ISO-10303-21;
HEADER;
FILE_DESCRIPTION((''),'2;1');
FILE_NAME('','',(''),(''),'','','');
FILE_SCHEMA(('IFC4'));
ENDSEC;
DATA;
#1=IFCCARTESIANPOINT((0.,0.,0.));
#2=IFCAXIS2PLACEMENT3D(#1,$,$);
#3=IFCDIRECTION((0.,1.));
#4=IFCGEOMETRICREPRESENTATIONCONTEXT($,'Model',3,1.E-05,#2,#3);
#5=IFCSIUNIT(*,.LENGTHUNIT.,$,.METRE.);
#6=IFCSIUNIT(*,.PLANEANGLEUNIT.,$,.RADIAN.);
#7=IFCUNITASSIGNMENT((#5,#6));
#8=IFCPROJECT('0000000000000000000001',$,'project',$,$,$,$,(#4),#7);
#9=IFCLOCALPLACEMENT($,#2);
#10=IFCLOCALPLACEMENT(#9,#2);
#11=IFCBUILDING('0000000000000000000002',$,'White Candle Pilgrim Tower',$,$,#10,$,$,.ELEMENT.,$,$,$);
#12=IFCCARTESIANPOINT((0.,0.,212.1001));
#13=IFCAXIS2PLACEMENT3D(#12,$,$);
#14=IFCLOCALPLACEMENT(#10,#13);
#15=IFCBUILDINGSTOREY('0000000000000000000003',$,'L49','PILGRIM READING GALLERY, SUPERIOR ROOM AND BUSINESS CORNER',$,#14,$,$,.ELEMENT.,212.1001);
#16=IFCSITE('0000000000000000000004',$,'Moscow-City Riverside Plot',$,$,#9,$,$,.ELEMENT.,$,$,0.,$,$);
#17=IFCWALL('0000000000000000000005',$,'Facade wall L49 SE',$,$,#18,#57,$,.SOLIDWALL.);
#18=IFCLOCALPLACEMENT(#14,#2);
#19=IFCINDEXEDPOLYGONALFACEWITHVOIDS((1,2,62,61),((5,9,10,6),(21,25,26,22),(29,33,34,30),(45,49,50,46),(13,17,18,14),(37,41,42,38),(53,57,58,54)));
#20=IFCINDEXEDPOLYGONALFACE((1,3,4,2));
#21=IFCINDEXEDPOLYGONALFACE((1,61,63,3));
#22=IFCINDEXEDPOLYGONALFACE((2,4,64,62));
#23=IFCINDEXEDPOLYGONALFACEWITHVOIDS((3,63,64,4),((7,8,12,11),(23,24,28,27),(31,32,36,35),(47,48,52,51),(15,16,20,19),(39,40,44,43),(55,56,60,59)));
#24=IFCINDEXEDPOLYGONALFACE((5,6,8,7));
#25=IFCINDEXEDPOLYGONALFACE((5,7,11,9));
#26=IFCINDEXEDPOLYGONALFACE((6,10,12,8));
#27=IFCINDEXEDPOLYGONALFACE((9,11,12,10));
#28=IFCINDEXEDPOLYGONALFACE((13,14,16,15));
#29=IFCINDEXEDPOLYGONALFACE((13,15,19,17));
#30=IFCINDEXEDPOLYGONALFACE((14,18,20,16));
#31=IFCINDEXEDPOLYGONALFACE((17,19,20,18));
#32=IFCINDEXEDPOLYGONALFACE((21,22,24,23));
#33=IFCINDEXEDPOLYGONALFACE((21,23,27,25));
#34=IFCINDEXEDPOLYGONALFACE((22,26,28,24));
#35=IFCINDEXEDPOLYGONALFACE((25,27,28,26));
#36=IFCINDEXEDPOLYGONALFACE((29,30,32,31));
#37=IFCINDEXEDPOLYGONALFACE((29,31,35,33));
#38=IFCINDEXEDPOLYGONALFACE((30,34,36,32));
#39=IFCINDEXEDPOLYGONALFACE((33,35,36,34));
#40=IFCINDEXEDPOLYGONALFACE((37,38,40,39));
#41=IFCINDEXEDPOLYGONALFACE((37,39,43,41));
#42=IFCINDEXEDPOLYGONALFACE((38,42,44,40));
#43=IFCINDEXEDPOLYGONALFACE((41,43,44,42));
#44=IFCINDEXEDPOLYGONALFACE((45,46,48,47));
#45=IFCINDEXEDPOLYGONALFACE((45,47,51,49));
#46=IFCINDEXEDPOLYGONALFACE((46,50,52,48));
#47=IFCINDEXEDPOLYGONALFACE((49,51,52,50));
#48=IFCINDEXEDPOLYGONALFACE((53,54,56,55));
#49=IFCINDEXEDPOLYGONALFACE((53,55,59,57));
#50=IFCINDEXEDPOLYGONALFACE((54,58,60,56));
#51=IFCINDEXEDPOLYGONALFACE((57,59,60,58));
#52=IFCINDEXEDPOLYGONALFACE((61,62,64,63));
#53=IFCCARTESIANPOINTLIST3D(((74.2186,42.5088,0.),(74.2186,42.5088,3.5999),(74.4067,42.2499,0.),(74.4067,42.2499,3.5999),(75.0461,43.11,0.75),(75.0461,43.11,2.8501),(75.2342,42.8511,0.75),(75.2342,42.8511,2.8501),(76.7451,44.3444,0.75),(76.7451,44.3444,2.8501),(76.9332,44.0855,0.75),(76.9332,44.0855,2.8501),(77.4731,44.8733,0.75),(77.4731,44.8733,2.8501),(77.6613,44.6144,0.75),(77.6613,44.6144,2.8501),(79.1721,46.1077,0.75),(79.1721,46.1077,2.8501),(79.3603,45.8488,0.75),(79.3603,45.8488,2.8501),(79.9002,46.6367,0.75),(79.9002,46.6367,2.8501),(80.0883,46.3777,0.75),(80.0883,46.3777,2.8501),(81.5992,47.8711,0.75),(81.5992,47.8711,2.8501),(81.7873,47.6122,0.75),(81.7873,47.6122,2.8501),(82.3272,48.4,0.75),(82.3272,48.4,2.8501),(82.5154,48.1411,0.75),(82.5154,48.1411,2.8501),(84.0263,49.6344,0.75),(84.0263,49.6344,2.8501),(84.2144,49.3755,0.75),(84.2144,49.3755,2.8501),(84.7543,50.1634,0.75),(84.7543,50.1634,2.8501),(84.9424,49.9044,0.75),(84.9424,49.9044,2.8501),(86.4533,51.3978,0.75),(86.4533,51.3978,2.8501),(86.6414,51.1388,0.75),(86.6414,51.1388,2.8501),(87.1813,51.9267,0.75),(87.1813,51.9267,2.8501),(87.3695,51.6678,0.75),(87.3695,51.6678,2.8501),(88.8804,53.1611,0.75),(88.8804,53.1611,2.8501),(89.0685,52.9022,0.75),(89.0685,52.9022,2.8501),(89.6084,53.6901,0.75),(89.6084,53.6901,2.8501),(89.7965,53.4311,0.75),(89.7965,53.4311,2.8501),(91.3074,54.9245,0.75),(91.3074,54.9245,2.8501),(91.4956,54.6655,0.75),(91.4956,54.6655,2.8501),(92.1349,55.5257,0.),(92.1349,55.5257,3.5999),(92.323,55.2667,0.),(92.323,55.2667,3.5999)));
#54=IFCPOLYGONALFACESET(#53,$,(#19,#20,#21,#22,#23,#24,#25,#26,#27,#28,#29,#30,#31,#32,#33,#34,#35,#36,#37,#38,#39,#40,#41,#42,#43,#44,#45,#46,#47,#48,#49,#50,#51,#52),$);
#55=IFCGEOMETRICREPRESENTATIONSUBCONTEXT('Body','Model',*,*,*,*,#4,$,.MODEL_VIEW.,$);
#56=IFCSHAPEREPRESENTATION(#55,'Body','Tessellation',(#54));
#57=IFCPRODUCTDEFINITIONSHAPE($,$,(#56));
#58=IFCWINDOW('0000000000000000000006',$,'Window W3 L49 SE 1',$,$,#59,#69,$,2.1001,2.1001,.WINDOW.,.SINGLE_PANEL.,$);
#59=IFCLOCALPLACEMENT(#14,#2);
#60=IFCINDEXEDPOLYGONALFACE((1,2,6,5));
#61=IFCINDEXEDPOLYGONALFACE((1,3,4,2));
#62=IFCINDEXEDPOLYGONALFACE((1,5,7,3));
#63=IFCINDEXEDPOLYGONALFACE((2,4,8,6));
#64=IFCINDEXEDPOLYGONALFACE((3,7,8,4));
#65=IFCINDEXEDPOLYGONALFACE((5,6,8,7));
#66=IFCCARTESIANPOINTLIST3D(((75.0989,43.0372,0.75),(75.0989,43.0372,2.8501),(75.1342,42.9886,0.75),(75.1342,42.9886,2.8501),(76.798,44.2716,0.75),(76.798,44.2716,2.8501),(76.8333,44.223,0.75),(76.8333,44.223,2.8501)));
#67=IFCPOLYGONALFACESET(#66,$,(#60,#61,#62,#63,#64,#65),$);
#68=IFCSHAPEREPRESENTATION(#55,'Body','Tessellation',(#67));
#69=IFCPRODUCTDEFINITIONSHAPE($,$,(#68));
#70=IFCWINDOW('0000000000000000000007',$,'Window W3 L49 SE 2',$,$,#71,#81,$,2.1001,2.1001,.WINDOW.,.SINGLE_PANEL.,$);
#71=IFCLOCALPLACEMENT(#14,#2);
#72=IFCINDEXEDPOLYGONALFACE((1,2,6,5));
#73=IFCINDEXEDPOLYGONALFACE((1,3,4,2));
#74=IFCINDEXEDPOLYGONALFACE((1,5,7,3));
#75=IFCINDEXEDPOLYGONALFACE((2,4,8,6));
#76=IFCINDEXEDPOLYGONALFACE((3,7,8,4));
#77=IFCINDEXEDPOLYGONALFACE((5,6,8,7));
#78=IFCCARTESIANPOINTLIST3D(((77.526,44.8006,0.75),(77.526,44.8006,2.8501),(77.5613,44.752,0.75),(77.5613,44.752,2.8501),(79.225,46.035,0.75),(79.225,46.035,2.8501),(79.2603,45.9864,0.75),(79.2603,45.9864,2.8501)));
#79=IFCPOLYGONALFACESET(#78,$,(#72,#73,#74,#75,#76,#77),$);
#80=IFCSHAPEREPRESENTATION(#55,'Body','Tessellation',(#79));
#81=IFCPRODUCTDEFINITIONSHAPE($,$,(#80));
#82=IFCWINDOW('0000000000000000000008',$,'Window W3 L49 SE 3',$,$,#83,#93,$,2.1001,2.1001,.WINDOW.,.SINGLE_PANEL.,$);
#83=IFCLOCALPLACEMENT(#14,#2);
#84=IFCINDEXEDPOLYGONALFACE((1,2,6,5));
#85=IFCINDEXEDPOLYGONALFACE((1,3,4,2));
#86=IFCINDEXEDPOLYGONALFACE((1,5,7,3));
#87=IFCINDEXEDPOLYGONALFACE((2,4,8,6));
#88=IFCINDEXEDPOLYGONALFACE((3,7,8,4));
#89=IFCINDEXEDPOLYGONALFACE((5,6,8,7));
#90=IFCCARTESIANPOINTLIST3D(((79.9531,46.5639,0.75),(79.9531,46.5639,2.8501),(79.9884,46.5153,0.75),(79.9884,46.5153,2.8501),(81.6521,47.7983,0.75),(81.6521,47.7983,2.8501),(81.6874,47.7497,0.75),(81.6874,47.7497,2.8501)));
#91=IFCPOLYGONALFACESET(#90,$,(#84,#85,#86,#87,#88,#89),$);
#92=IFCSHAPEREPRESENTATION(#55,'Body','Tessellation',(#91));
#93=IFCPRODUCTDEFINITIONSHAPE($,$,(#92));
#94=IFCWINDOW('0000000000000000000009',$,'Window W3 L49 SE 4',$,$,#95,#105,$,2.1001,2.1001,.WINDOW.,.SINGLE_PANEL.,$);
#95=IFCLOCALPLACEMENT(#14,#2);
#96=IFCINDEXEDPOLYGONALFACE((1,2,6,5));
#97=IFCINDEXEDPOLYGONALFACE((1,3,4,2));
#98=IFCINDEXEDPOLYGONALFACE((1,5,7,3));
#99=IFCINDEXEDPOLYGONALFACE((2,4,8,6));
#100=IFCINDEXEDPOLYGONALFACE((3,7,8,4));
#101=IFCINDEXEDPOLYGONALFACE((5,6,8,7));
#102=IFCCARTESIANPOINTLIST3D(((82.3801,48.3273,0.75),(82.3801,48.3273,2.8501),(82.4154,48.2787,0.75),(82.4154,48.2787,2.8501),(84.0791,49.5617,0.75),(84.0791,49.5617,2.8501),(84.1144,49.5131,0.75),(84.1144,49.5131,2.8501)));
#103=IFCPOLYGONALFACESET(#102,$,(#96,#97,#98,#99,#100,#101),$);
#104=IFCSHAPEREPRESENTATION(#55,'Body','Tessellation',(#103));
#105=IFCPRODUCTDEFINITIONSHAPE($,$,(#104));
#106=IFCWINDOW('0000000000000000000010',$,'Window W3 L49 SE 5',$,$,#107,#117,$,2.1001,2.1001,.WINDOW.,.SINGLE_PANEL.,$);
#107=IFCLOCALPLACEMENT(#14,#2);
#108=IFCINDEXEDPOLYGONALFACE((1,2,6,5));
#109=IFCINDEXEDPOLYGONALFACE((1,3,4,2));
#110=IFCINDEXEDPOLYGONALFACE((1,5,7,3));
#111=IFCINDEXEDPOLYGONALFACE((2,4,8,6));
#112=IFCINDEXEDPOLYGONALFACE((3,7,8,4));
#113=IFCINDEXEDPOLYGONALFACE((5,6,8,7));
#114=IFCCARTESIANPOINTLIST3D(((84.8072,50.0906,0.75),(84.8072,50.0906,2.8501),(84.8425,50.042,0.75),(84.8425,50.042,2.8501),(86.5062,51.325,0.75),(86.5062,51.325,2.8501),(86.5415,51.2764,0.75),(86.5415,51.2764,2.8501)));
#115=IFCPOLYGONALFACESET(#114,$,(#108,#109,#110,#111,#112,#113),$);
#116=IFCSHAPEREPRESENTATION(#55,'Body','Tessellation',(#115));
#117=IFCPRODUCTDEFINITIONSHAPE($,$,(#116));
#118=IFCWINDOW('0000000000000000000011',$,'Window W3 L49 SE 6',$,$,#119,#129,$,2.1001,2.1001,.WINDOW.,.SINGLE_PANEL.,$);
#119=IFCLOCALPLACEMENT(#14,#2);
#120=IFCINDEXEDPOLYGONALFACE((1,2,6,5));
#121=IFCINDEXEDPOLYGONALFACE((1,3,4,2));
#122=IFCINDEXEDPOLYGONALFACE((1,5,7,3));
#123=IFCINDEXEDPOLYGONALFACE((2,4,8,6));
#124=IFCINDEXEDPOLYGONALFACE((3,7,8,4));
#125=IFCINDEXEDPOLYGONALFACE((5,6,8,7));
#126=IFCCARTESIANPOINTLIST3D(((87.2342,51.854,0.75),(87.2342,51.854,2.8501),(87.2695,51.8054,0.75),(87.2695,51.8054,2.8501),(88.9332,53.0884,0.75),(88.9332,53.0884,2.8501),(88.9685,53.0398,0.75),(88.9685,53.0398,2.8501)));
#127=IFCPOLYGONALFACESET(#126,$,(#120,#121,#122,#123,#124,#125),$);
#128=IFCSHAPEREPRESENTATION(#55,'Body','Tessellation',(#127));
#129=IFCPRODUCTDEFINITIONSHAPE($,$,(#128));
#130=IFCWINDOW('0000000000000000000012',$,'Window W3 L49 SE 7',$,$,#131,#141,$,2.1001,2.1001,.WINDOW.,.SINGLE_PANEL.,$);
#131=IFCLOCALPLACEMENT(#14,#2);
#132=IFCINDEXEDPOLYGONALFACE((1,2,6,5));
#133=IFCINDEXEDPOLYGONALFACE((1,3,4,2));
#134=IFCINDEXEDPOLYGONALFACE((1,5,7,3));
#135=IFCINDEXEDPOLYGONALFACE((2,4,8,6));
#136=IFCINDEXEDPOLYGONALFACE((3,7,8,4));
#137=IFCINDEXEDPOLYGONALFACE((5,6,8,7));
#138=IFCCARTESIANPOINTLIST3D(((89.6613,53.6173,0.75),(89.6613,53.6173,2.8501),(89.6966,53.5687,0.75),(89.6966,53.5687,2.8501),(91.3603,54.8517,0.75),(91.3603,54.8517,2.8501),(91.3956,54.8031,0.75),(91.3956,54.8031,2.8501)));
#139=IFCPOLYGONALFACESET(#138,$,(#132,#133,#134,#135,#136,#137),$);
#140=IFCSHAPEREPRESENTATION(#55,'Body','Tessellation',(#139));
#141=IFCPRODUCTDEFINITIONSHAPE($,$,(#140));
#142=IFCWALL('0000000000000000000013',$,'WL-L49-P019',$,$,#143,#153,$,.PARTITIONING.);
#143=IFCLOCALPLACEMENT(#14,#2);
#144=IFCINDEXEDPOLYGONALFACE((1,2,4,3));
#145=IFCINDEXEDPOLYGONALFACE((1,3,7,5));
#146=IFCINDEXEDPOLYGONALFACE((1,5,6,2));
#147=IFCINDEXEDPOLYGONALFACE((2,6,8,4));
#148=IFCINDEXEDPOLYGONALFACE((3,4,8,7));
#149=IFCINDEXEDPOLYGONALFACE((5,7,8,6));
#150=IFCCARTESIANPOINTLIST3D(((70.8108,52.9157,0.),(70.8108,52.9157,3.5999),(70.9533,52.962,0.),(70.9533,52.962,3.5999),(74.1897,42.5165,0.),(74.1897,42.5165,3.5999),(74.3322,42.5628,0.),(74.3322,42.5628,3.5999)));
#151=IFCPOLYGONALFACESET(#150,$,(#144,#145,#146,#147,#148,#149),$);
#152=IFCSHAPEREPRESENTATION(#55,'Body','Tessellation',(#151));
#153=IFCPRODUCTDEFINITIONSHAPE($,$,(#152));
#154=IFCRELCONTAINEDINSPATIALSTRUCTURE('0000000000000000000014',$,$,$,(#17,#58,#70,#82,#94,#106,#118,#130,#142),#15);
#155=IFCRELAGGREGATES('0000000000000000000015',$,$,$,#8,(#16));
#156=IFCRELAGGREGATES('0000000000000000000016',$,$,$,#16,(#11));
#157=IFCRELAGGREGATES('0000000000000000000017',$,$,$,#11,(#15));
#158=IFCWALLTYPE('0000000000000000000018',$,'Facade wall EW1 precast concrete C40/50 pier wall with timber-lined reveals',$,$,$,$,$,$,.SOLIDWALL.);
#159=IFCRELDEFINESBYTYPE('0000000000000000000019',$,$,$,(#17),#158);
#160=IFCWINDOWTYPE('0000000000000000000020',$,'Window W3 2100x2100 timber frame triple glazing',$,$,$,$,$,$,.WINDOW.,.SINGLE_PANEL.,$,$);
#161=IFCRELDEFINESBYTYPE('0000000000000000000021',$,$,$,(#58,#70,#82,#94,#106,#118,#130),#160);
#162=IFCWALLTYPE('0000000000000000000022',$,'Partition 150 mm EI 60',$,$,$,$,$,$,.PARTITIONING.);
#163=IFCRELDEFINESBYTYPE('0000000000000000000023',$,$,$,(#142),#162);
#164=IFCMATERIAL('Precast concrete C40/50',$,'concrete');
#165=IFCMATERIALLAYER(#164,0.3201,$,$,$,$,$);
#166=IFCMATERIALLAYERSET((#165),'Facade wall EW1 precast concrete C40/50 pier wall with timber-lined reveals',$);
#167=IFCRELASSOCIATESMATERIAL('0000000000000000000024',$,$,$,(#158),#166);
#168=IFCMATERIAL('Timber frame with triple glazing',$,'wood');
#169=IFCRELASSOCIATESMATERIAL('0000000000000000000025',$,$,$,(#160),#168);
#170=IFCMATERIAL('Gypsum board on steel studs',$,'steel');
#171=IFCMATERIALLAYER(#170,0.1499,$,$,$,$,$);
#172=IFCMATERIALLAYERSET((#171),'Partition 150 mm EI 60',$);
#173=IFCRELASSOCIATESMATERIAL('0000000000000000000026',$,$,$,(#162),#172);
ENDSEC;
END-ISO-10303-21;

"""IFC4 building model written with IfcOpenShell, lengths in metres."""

from ifc_helpers import new_model, si_unit, direction, frame, frame_2d, origin, place, context, subcontext, project, spatial, rectangle, extrude, material, layer, layer_set, type_object, element, fill, save


model = new_model("IFC4")

# Units and contexts
model_context = context("Model", 3, precision=1e-05, world=origin(), true_north=direction((0.0, 1.0)))
body_context = subcontext(model_context, "Body", "Model", "MODEL_VIEW")
ifc_project = project(units=[si_unit("LENGTHUNIT", "METRE"), si_unit("PLANEANGLEUNIT", "RADIAN")], contexts=[model_context])

# Site, building, storey
site_placement = place(None, origin())
site = spatial("IfcSite", under=ifc_project, at=site_placement, Name="Moscow-City Riverside Plot", CompositionType="ELEMENT", RefElevation=0.0)
building_placement = place(site_placement, origin())
building = spatial("IfcBuilding", under=site, at=building_placement, Name="White Candle Pilgrim Tower", CompositionType="ELEMENT")
storey_placement = place(building_placement, frame((0.0, 0.0, 212.1001)))
storey = spatial("IfcBuildingStorey", under=building, at=storey_placement, Name="L49", Description="PILGRIM READING GALLERY, SUPERIOR ROOM AND BUSINESS CORNER", CompositionType="ELEMENT", Elevation=212.1001)

# Shared definitions
ifc_material_1 = material(Name="Gypsum board on steel studs", Category="steel")

# Wall, openings, windows
ifc_material_2 = material(Name="Precast concrete C40/50", Category="concrete")
ifc_layer_1 = layer(ifc_material_2, 0.3201)
ifc_layer_set_1 = layer_set([ifc_layer_1], Name="Facade wall EW1 precast concrete C40/50 pier wall with timber-lined reveals")
wall_type_1 = type_object("IfcWallType", Name="Facade wall EW1 precast concrete C40/50 pier wall with timber-lined reveals", PredefinedType="SOLIDWALL", material=ifc_layer_set_1)
wall_1_placement = place(storey_placement, frame((74.3127, 42.3794, 0.0), z_axis=(0.0, 0.0, 1.0), x_axis=(0.809019, 0.587783, 0.0)))
wall_1 = element("IfcWall", 1, at=wall_1_placement, inside=storey, type_object=wall_type_1, Name="Facade wall L49 SE", PredefinedType="SOLIDWALL", context=body_context, shape_type="SweptSolid", body=[
    extrude(rectangle(XDim=22.1458, YDim=0.3201, at=frame_2d((11.0728, 0.0))), origin(), (0.0, 0.0, 1.0), 3.5999),
])
opening_1_placement = place(wall_1_placement, frame((1.0227, 0.0, 0.75)))
opening_1 = element("IfcOpeningElement", 2, at=opening_1_placement, cuts=wall_1, PredefinedType="OPENING", context=body_context, shape_type="SweptSolid", body=[
    extrude(rectangle(XDim=2.1001, YDim=2.1001, at=frame_2d((1.05, 1.05))), frame((0.0, 0.1699, 0.0), z_axis=(0.0, -1.0, 0.0), x_axis=(1.0, 0.0, 0.0)), (0.0, 0.0, 1.0), 0.3401),
])
opening_2_placement = place(wall_1_placement, frame((4.0227, 0.0, 0.75)))
opening_2 = element("IfcOpeningElement", 3, at=opening_2_placement, cuts=wall_1, PredefinedType="OPENING", context=body_context, shape_type="SweptSolid", body=[
    extrude(rectangle(XDim=2.1001, YDim=2.1001, at=frame_2d((1.05, 1.05))), frame((0.0, 0.1699, 0.0), z_axis=(0.0, -1.0, 0.0), x_axis=(1.0, 0.0, 0.0)), (0.0, 0.0, 1.0), 0.3401),
])
opening_3_placement = place(wall_1_placement, frame((7.0227, 0.0, 0.75)))
opening_3 = element("IfcOpeningElement", 4, at=opening_3_placement, cuts=wall_1, PredefinedType="OPENING", context=body_context, shape_type="SweptSolid", body=[
    extrude(rectangle(XDim=2.1001, YDim=2.1001, at=frame_2d((1.05, 1.05))), frame((0.0, 0.1699, 0.0), z_axis=(0.0, -1.0, 0.0), x_axis=(1.0, 0.0, 0.0)), (0.0, 0.0, 1.0), 0.3401),
])
opening_4_placement = place(wall_1_placement, frame((10.0227, 0.0, 0.75)))
opening_4 = element("IfcOpeningElement", 5, at=opening_4_placement, cuts=wall_1, PredefinedType="OPENING", context=body_context, shape_type="SweptSolid", body=[
    extrude(rectangle(XDim=2.1001, YDim=2.1001, at=frame_2d((1.05, 1.05))), frame((0.0, 0.1699, 0.0), z_axis=(0.0, -1.0, 0.0), x_axis=(1.0, 0.0, 0.0)), (0.0, 0.0, 1.0), 0.3401),
])
opening_5_placement = place(wall_1_placement, frame((13.0227, 0.0, 0.75)))
opening_5 = element("IfcOpeningElement", 6, at=opening_5_placement, cuts=wall_1, PredefinedType="OPENING", context=body_context, shape_type="SweptSolid", body=[
    extrude(rectangle(XDim=2.1001, YDim=2.1001, at=frame_2d((1.05, 1.05))), frame((0.0, 0.1699, 0.0), z_axis=(0.0, -1.0, 0.0), x_axis=(1.0, 0.0, 0.0)), (0.0, 0.0, 1.0), 0.3401),
])
opening_6_placement = place(wall_1_placement, frame((16.0227, 0.0, 0.75)))
opening_6 = element("IfcOpeningElement", 7, at=opening_6_placement, cuts=wall_1, PredefinedType="OPENING", context=body_context, shape_type="SweptSolid", body=[
    extrude(rectangle(XDim=2.1001, YDim=2.1001, at=frame_2d((1.05, 1.05))), frame((0.0, 0.1699, 0.0), z_axis=(0.0, -1.0, 0.0), x_axis=(1.0, 0.0, 0.0)), (0.0, 0.0, 1.0), 0.3401),
])
opening_7_placement = place(wall_1_placement, frame((19.0227, 0.0, 0.75)))
opening_7 = element("IfcOpeningElement", 8, at=opening_7_placement, cuts=wall_1, PredefinedType="OPENING", context=body_context, shape_type="SweptSolid", body=[
    extrude(rectangle(XDim=2.1001, YDim=2.1001, at=frame_2d((1.05, 1.05))), frame((0.0, 0.1699, 0.0), z_axis=(0.0, -1.0, 0.0), x_axis=(1.0, 0.0, 0.0)), (0.0, 0.0, 1.0), 0.3401),
])
ifc_material_3 = material(Name="Timber frame with triple glazing", Category="wood")
window_type = type_object("IfcWindowType", Name="Window W3 2100x2100 timber frame triple glazing", PartitioningType="SINGLE_PANEL", PredefinedType="WINDOW", material=ifc_material_3)
window_1_placement = place(opening_1_placement, origin())
window_1 = element("IfcWindow", 9, at=window_1_placement, inside=storey, type_object=window_type, Name="Window W3 L49 SE 1", OverallHeight=2.1001, OverallWidth=2.1001, PartitioningType="SINGLE_PANEL", PredefinedType="WINDOW", context=body_context, shape_type="SweptSolid", body=[
    extrude(rectangle(XDim=2.1001, YDim=2.1001, at=frame_2d((1.05, 1.05))), frame((0.0, 0.0701, 0.0), z_axis=(0.0, -1.0, 0.0), x_axis=(1.0, 0.0, 0.0)), (0.0, 0.0, 1.0), 0.0601),
])
fill(opening_1, window_1)
window_2_placement = place(opening_2_placement, origin())
window_2 = element("IfcWindow", 10, at=window_2_placement, inside=storey, type_object=window_type, Name="Window W3 L49 SE 2", OverallHeight=2.1001, OverallWidth=2.1001, PartitioningType="SINGLE_PANEL", PredefinedType="WINDOW", context=body_context, shape_type="SweptSolid", body=[
    extrude(rectangle(XDim=2.1001, YDim=2.1001, at=frame_2d((1.05, 1.05))), frame((0.0, 0.0701, 0.0), z_axis=(0.0, -1.0, 0.0), x_axis=(1.0, 0.0, 0.0)), (0.0, 0.0, 1.0), 0.0601),
])
fill(opening_2, window_2)
window_3_placement = place(opening_3_placement, origin())
window_3 = element("IfcWindow", 11, at=window_3_placement, inside=storey, type_object=window_type, Name="Window W3 L49 SE 3", OverallHeight=2.1001, OverallWidth=2.1001, PartitioningType="SINGLE_PANEL", PredefinedType="WINDOW", context=body_context, shape_type="SweptSolid", body=[
    extrude(rectangle(XDim=2.1001, YDim=2.1001, at=frame_2d((1.05, 1.05))), frame((0.0, 0.0701, 0.0), z_axis=(0.0, -1.0, 0.0), x_axis=(1.0, 0.0, 0.0)), (0.0, 0.0, 1.0), 0.0601),
])
fill(opening_3, window_3)
window_4_placement = place(opening_4_placement, origin())
window_4 = element("IfcWindow", 12, at=window_4_placement, inside=storey, type_object=window_type, Name="Window W3 L49 SE 4", OverallHeight=2.1001, OverallWidth=2.1001, PartitioningType="SINGLE_PANEL", PredefinedType="WINDOW", context=body_context, shape_type="SweptSolid", body=[
    extrude(rectangle(XDim=2.1001, YDim=2.1001, at=frame_2d((1.05, 1.05))), frame((0.0, 0.0701, 0.0), z_axis=(0.0, -1.0, 0.0), x_axis=(1.0, 0.0, 0.0)), (0.0, 0.0, 1.0), 0.0601),
])
fill(opening_4, window_4)
window_5_placement = place(opening_5_placement, origin())
window_5 = element("IfcWindow", 13, at=window_5_placement, inside=storey, type_object=window_type, Name="Window W3 L49 SE 5", OverallHeight=2.1001, OverallWidth=2.1001, PartitioningType="SINGLE_PANEL", PredefinedType="WINDOW", context=body_context, shape_type="SweptSolid", body=[
    extrude(rectangle(XDim=2.1001, YDim=2.1001, at=frame_2d((1.05, 1.05))), frame((0.0, 0.0701, 0.0), z_axis=(0.0, -1.0, 0.0), x_axis=(1.0, 0.0, 0.0)), (0.0, 0.0, 1.0), 0.0601),
])
fill(opening_5, window_5)
window_6_placement = place(opening_6_placement, origin())
window_6 = element("IfcWindow", 14, at=window_6_placement, inside=storey, type_object=window_type, Name="Window W3 L49 SE 6", OverallHeight=2.1001, OverallWidth=2.1001, PartitioningType="SINGLE_PANEL", PredefinedType="WINDOW", context=body_context, shape_type="SweptSolid", body=[
    extrude(rectangle(XDim=2.1001, YDim=2.1001, at=frame_2d((1.05, 1.05))), frame((0.0, 0.0701, 0.0), z_axis=(0.0, -1.0, 0.0), x_axis=(1.0, 0.0, 0.0)), (0.0, 0.0, 1.0), 0.0601),
])
fill(opening_6, window_6)
window_7_placement = place(opening_7_placement, origin())
window_7 = element("IfcWindow", 15, at=window_7_placement, inside=storey, type_object=window_type, Name="Window W3 L49 SE 7", OverallHeight=2.1001, OverallWidth=2.1001, PartitioningType="SINGLE_PANEL", PredefinedType="WINDOW", context=body_context, shape_type="SweptSolid", body=[
    extrude(rectangle(XDim=2.1001, YDim=2.1001, at=frame_2d((1.05, 1.05))), frame((0.0, 0.0701, 0.0), z_axis=(0.0, -1.0, 0.0), x_axis=(1.0, 0.0, 0.0)), (0.0, 0.0, 1.0), 0.0601),
])
fill(opening_7, window_7)

# Wall
ifc_layer_2 = layer(ifc_material_1, 0.1499)
ifc_layer_set_2 = layer_set([ifc_layer_2], Name="Partition 150 mm EI 60")
wall_type_2 = type_object("IfcWallType", Name="Partition 150 mm EI 60", PredefinedType="PARTITIONING", material=ifc_layer_set_2)
wall_2_placement = place(storey_placement, frame((74.261, 42.5396, 0.0), z_axis=(0.0, 0.0, 1.0), x_axis=(-0.309018, 0.951056, 0.0)))
element("IfcWall", 16, at=wall_2_placement, inside=storey, type_object=wall_type_2, Name="WL-L49-P019", PredefinedType="PARTITIONING", context=body_context, shape_type="SweptSolid", body=[
    extrude(rectangle(XDim=10.9343, YDim=0.1499, at=frame_2d((5.4673, 0.0))), origin(), (0.0, 0.0, 1.0), 3.5999),
])

save(model, "model.ifc")
